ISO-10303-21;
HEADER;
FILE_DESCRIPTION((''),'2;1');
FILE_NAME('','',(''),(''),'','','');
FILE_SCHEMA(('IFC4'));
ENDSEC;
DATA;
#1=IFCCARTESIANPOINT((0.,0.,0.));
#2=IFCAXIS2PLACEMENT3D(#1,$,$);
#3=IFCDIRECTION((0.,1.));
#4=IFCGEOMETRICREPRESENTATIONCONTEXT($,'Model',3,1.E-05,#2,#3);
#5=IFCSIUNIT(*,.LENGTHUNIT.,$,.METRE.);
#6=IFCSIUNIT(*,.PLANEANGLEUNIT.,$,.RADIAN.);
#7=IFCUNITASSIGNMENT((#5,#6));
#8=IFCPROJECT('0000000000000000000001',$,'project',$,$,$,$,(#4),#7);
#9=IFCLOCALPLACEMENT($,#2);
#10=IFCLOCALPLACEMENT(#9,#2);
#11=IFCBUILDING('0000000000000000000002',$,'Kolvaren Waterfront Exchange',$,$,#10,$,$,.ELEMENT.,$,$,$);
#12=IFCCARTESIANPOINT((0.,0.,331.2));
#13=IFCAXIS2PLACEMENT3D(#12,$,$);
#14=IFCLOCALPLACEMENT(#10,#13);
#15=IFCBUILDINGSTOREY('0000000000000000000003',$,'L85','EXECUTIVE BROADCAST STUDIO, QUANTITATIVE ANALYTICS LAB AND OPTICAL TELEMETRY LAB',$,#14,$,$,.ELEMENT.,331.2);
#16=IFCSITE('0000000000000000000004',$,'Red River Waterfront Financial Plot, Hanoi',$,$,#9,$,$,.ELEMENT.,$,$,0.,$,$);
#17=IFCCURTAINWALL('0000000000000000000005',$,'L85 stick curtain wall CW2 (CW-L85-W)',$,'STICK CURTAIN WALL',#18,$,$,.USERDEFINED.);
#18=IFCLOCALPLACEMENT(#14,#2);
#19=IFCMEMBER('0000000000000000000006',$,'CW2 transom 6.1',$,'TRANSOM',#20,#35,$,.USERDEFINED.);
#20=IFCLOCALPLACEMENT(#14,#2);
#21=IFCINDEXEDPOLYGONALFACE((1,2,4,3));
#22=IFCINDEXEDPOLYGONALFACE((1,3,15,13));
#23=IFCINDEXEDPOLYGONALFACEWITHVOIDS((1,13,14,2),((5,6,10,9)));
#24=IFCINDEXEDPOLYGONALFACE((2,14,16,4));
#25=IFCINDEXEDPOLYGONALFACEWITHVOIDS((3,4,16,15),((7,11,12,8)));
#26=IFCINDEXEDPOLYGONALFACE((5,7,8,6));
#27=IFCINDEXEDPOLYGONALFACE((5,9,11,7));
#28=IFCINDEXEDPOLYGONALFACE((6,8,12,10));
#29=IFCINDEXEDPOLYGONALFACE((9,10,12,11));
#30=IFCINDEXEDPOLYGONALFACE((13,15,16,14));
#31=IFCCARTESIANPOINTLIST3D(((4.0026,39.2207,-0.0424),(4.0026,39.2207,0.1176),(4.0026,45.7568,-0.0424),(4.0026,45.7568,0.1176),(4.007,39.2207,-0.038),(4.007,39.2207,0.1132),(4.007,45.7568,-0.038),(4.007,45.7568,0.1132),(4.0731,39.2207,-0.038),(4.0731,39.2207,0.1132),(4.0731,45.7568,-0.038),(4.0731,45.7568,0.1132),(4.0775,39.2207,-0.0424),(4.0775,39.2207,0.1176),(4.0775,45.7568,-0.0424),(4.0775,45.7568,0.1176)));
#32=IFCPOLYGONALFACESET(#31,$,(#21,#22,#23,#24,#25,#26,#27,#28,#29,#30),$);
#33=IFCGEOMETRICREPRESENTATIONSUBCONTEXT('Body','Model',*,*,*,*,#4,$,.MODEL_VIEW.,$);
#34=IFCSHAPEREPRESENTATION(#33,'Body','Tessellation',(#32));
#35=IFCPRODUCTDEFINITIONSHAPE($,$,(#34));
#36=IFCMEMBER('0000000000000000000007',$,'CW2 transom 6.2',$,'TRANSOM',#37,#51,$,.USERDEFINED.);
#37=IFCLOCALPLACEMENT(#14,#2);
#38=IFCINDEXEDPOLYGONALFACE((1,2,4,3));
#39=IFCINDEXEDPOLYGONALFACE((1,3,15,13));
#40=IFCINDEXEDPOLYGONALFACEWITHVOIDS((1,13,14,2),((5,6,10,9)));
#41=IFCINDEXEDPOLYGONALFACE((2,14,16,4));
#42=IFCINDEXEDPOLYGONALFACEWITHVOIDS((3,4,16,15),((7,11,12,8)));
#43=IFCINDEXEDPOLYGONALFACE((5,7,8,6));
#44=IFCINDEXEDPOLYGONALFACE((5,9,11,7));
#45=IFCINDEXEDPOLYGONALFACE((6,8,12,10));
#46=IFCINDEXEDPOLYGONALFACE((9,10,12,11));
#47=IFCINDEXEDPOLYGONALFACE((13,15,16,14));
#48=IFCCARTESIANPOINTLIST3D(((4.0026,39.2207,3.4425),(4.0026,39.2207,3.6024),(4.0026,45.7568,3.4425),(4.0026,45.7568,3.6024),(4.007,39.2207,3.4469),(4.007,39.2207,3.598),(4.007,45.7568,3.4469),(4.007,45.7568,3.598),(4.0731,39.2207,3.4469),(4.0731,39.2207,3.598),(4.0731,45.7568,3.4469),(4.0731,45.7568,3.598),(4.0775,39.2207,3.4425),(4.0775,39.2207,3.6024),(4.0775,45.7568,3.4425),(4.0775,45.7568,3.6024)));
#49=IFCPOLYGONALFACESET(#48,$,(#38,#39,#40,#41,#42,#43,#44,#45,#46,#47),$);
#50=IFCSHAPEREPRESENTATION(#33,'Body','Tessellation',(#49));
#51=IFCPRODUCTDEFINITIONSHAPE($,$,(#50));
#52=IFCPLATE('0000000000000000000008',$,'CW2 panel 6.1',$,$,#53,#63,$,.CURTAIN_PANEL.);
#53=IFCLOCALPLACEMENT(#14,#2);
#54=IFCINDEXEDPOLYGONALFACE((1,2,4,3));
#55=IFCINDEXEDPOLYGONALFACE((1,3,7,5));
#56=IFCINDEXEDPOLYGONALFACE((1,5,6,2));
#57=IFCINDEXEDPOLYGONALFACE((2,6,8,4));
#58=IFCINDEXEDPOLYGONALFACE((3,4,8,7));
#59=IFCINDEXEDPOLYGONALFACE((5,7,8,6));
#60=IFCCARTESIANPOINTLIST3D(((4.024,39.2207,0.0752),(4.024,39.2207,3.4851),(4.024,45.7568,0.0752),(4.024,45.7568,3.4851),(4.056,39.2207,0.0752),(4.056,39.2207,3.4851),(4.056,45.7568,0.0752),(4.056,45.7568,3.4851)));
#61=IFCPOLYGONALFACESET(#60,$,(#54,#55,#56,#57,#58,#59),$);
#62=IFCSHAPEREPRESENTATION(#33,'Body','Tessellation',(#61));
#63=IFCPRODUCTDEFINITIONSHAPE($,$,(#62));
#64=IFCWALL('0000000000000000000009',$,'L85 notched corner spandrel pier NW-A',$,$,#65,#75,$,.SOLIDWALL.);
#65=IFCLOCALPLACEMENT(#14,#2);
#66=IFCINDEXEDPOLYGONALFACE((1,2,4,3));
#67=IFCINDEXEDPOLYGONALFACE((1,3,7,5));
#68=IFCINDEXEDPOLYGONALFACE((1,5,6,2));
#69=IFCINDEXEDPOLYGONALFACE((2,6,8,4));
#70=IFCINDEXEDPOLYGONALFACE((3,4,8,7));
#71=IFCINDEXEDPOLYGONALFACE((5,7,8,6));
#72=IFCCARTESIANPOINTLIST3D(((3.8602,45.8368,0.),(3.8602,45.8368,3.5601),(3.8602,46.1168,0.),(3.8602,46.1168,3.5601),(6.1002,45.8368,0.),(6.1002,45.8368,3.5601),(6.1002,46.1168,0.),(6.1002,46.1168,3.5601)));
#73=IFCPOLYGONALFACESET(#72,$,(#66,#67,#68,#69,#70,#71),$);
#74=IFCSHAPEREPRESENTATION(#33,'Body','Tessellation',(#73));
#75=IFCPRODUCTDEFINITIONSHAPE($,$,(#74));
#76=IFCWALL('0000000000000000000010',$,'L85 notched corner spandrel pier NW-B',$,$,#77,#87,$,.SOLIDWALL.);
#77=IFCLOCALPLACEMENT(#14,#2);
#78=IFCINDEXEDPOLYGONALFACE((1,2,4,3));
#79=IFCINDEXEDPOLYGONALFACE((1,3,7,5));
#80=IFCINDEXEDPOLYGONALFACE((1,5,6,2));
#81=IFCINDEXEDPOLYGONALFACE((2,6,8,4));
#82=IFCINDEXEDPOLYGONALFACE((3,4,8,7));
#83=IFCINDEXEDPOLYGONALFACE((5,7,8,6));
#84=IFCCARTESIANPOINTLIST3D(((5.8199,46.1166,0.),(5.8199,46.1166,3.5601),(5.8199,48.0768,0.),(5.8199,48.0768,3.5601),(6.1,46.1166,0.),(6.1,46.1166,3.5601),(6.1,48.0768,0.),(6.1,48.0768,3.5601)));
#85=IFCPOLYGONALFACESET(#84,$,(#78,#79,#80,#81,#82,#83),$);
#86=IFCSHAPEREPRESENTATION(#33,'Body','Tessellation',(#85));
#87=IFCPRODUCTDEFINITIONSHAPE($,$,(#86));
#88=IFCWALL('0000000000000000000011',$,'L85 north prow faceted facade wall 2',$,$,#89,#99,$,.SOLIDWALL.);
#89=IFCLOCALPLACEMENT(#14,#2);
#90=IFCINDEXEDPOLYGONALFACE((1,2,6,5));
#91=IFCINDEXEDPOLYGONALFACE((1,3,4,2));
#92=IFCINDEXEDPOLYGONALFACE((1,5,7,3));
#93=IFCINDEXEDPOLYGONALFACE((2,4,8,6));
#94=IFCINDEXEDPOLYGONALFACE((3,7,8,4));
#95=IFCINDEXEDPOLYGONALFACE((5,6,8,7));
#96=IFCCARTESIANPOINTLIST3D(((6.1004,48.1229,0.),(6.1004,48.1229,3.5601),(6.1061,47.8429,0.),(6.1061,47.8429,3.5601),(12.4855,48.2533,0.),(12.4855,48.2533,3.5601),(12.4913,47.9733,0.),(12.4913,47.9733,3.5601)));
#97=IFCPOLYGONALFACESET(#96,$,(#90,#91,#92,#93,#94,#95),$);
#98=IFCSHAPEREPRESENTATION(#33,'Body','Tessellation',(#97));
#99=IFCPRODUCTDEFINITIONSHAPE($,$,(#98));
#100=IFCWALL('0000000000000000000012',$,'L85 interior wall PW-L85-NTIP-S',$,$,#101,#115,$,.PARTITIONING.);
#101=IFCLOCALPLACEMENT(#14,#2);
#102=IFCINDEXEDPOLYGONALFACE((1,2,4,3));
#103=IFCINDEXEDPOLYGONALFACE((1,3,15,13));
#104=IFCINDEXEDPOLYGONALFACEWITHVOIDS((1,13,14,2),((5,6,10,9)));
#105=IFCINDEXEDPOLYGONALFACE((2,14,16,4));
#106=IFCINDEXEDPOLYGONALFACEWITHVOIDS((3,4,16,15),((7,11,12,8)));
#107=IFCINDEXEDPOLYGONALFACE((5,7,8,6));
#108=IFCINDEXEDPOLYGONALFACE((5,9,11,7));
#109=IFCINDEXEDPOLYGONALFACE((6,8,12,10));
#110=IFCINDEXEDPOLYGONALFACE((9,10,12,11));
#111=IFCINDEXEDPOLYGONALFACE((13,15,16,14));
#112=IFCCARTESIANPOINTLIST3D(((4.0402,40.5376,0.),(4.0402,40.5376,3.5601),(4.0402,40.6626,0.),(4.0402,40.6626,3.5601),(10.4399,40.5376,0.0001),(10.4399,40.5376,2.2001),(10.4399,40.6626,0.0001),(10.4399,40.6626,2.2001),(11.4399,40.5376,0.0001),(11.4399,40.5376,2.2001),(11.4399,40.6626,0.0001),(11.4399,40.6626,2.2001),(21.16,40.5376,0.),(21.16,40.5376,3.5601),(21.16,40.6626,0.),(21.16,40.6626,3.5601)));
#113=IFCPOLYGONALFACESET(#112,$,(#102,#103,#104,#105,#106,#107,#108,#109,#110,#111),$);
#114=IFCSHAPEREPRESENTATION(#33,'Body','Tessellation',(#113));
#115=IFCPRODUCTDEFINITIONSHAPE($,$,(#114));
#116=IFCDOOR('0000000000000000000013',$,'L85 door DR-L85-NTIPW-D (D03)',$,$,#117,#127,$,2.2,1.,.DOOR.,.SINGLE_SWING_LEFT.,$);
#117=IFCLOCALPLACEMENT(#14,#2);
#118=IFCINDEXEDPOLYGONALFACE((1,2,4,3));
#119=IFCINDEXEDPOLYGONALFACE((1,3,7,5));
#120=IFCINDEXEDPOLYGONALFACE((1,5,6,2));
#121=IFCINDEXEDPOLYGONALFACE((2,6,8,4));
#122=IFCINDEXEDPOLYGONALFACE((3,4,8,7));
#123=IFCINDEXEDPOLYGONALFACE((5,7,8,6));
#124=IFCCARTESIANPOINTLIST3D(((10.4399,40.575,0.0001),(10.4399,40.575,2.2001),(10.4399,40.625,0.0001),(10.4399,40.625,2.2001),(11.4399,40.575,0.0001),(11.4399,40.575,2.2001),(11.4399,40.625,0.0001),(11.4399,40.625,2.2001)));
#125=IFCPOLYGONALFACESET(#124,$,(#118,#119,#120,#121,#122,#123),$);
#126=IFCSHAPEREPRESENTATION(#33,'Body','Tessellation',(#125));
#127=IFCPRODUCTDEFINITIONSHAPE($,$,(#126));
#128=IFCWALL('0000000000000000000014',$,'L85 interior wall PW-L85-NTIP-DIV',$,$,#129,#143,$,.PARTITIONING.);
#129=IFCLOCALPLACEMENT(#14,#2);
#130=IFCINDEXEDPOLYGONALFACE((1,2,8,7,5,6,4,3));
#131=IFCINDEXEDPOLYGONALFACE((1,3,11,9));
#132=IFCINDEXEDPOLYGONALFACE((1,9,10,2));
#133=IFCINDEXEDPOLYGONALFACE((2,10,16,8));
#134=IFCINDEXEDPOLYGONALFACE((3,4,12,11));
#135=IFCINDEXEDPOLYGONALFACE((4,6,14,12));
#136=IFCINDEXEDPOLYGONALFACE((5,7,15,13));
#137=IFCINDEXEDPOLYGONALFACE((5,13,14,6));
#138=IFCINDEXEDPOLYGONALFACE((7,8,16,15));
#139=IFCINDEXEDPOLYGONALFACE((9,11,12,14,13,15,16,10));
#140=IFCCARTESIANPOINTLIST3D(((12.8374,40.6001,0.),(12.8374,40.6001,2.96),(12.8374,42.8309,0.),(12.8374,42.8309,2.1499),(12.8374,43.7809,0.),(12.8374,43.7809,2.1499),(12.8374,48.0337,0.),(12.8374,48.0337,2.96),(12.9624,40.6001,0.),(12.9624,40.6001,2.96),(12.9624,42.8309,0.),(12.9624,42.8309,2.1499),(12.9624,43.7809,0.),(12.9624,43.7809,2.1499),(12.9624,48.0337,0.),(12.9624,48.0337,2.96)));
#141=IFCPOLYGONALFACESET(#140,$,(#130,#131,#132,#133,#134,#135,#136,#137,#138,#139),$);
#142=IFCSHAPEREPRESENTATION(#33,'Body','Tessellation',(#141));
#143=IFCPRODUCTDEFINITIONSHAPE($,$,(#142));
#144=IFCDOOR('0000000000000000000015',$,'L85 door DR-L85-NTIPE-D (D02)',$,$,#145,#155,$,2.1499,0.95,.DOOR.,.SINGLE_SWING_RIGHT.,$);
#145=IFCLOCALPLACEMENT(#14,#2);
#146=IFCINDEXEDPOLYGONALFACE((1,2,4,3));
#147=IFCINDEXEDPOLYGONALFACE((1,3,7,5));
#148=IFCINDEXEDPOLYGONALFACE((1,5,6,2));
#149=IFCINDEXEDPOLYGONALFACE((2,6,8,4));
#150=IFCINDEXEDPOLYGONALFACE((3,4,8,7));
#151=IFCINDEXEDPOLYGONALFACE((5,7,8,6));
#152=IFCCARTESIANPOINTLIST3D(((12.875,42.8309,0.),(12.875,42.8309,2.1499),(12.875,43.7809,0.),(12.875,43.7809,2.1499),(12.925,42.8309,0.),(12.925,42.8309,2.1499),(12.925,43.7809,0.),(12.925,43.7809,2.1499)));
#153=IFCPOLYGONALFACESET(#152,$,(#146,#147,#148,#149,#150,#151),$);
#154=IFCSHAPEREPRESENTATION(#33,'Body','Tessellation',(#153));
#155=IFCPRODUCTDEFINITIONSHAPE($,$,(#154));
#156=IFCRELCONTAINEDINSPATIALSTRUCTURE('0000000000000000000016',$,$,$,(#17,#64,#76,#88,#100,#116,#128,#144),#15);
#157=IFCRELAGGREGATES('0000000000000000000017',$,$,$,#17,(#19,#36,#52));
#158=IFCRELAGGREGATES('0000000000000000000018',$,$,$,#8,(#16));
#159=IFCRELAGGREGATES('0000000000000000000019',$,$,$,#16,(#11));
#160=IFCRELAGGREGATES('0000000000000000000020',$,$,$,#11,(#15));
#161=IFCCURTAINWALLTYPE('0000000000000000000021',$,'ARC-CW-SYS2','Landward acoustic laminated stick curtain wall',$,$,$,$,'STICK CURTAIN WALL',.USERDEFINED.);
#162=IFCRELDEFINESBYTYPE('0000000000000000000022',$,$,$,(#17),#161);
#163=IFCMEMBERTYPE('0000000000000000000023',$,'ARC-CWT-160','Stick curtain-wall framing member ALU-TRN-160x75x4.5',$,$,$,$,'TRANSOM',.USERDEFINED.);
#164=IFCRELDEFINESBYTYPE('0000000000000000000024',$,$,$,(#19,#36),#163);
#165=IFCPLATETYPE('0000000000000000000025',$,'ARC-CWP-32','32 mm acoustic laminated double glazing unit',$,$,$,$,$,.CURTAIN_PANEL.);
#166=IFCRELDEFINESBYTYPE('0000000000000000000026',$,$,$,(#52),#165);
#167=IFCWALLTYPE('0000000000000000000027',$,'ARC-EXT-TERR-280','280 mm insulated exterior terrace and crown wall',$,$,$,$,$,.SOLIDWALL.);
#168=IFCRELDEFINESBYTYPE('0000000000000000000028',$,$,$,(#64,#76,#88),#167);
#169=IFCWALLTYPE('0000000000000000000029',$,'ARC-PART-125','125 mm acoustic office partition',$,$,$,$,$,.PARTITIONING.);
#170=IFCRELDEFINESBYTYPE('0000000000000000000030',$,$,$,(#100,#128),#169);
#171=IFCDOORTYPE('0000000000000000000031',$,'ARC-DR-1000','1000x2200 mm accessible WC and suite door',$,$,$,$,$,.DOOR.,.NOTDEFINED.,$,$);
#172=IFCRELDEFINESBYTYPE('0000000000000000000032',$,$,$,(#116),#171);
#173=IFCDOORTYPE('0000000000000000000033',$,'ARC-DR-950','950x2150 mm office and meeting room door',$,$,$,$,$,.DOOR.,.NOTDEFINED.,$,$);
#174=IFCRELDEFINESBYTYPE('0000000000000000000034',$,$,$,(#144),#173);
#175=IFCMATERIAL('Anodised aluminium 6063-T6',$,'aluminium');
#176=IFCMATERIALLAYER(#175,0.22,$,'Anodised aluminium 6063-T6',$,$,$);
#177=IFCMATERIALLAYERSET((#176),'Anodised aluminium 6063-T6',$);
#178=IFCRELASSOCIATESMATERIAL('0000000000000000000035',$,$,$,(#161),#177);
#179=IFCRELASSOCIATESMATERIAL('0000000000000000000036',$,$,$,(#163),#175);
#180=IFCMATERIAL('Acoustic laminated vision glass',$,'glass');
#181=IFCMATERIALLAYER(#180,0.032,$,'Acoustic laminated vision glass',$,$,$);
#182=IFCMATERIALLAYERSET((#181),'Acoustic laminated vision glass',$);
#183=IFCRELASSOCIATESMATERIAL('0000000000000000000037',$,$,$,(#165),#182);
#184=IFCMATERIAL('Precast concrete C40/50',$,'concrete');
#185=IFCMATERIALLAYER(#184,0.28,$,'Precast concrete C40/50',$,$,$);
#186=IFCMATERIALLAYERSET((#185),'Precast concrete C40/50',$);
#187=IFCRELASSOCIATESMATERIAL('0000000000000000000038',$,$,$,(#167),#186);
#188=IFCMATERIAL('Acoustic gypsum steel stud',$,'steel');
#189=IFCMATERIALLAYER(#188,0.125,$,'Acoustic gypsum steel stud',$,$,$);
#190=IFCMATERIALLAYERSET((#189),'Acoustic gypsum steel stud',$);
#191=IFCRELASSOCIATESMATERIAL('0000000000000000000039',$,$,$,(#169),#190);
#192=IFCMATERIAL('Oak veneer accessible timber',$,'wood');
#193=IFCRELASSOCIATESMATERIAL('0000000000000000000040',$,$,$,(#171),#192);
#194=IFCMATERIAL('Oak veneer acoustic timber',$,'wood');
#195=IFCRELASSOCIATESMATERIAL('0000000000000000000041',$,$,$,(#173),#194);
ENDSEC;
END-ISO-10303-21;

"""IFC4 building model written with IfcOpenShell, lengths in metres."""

from ifc_helpers import new_model, si_unit, direction, frame, frame_2d, origin, origin_with_axes, origin_2d, place, context, subcontext, project, spatial, rectangle, hollow_rectangle, extrude, source, transform, mapped, material, layer, layer_set, material_profile, profile_set, type_object, element, fill, aggregate, save


model = new_model("IFC4")

# Units and contexts
model_context = context("Model", 3, precision=1e-05, world=origin(), true_north=direction((0.0, 1.0)))
body_context = subcontext(model_context, "Body", "Model", "MODEL_VIEW")
ifc_project = project(units=[si_unit("LENGTHUNIT", "METRE"), si_unit("PLANEANGLEUNIT", "RADIAN")], contexts=[model_context])

# Site, building, storey
site_placement = place(None, origin())
site = spatial("IfcSite", under=ifc_project, at=site_placement, Name="Red River Waterfront Financial Plot, Hanoi", CompositionType="ELEMENT", RefElevation=0.0)
building_placement = place(site_placement, origin())
building = spatial("IfcBuilding", under=site, at=building_placement, Name="Kolvaren Waterfront Exchange", CompositionType="ELEMENT")
storey_placement = place(building_placement, frame((0.0, 0.0, 331.2)))
storey = spatial("IfcBuildingStorey", under=building, at=storey_placement, Name="L85", Description="EXECUTIVE BROADCAST STUDIO, QUANTITATIVE ANALYTICS LAB AND OPTICAL TELEMETRY LAB", CompositionType="ELEMENT", Elevation=331.2)

# Curtain wall, members, plate
ifc_material_1 = material(Name="Anodised aluminium 6063-T6", Category="aluminium")
ifc_layer_1 = layer(ifc_material_1, 0.22, Name="Anodised aluminium 6063-T6")
ifc_layer_set_1 = layer_set([ifc_layer_1], Name="Anodised aluminium 6063-T6")
curtain_wall_type = type_object("IfcCurtainWallType", Name="ARC-CW-SYS2", Description="Landward acoustic laminated stick curtain wall", ElementType="STICK CURTAIN WALL", PredefinedType="USERDEFINED", material=ifc_layer_set_1)
curtain_wall_placement = place(storey_placement, origin())
curtain_wall = element("IfcCurtainWall", 1, at=curtain_wall_placement, inside=storey, type_object=curtain_wall_type, Name="L85 stick curtain wall CW2 (CW-L85-W)", ObjectType="STICK CURTAIN WALL", PredefinedType="USERDEFINED")
ifc_material_profile_1 = material_profile(ifc_material_1, hollow_rectangle(XDim=0.075, YDim=0.1599, WallThickness=0.0044, at=origin_2d()), Name="ALU-TRN-160x75x4.5")
ifc_profile_set_1 = profile_set([ifc_material_profile_1], Name="Anodised aluminium 6063-T6")
member_type_1 = type_object("IfcMemberType", Name="ARC-CWT-160", Description="Stick curtain-wall framing member ALU-TRN-160x75x4.5", ElementType="TRANSOM", PredefinedType="USERDEFINED", material=ifc_profile_set_1)
shared_shape_1 = source(origin_with_axes(), body_context, "Body", "SweptSolid", [
    extrude(hollow_rectangle(XDim=0.075, YDim=0.1599, WallThickness=0.0044, at=origin_2d()), origin(), (0.0, 0.0, 1.0), 6.5361),
])
member_1_placement = place(storey_placement, frame((4.04, 39.2207, 0.0376), z_axis=(0.0, 1.0, 0.0), x_axis=(-1.0, 0.0, 0.0)))
member_1 = element("IfcMember", 2, at=member_1_placement, type_object=member_type_1, Name="CW2 transom 6.1", ObjectType="TRANSOM", PredefinedType="USERDEFINED", context=body_context, shape_type="MappedRepresentation", body=[
    mapped(shared_shape_1, transform((0.0, 0.0, 0.0), x_axis=(1.0, 0.0, 0.0), y_axis=(0.0, 1.0, 0.0), z_axis=(0.0, 0.0, 1.0), scale=1.0)),
])
member_2_placement = place(storey_placement, frame((4.04, 39.2207, 3.5225), z_axis=(0.0, 1.0, 0.0), x_axis=(-1.0, 0.0, 0.0)))
member_2 = element("IfcMember", 3, at=member_2_placement, type_object=member_type_1, Name="CW2 transom 6.2", ObjectType="TRANSOM", PredefinedType="USERDEFINED", context=body_context, shape_type="MappedRepresentation", body=[
    mapped(shared_shape_1, transform((0.0, 0.0, 0.0), x_axis=(1.0, 0.0, 0.0), y_axis=(0.0, 1.0, 0.0), z_axis=(0.0, 0.0, 1.0), scale=1.0)),
])
ifc_material_2 = material(Name="Acoustic laminated vision glass", Category="glass")
ifc_layer_2 = layer(ifc_material_2, 0.032, Name="Acoustic laminated vision glass")
ifc_layer_set_2 = layer_set([ifc_layer_2], Name="Acoustic laminated vision glass")
plate_type = type_object("IfcPlateType", Name="ARC-CWP-32", Description="32 mm acoustic laminated double glazing unit", PredefinedType="CURTAIN_PANEL", material=ifc_layer_set_2)
shared_shape_2 = source(origin_with_axes(), body_context, "Body", "SweptSolid", [
    extrude(rectangle(XDim=6.5361, YDim=0.032, at=origin_2d()), origin(), (0.0, 0.0, 1.0), 3.4099),
])
plate_placement = place(storey_placement, frame((4.04, 42.4888, 0.0752), z_axis=(0.0, 0.0, 1.0), x_axis=(0.0, 1.0, 0.0)))
plate = element("IfcPlate", 4, at=plate_placement, type_object=plate_type, Name="CW2 panel 6.1", PredefinedType="CURTAIN_PANEL", context=body_context, shape_type="MappedRepresentation", body=[
    mapped(shared_shape_2, transform((0.0, 0.0, 0.0), x_axis=(1.0, 0.0, 0.0), y_axis=(0.0, 1.0, 0.0), z_axis=(0.0, 0.0, 1.0), scale=1.0)),
])
aggregate(curtain_wall, [member_1, member_2, plate])

# Walls
ifc_material_3 = material(Name="Precast concrete C40/50", Category="concrete")
ifc_layer_3 = layer(ifc_material_3, 0.28, Name="Precast concrete C40/50")
ifc_layer_set_3 = layer_set([ifc_layer_3], Name="Precast concrete C40/50")
wall_type_1 = type_object("IfcWallType", Name="ARC-EXT-TERR-280", Description="280 mm insulated exterior terrace and crown wall", PredefinedType="SOLIDWALL", material=ifc_layer_set_3)
wall_1_placement = place(storey_placement, frame((3.8601, 45.9768, 0.0), z_axis=(0.0, 0.0, 1.0), x_axis=(1.0, 0.0, 0.0)))
element("IfcWall", 5, at=wall_1_placement, inside=storey, type_object=wall_type_1, Name="L85 notched corner spandrel pier NW-A", PredefinedType="SOLIDWALL", context=body_context, shape_type="SweptSolid", body=[
    extrude(rectangle(XDim=2.24, YDim=0.28, at=frame_2d((1.1201, 0.0))), origin(), (0.0, 0.0, 1.0), 3.5601),
])
wall_2_placement = place(storey_placement, frame((5.96, 46.1167, 0.0), z_axis=(0.0, 0.0, 1.0), x_axis=(0.0, 1.0, 0.0)))
element("IfcWall", 6, at=wall_2_placement, inside=storey, type_object=wall_type_1, Name="L85 notched corner spandrel pier NW-B", PredefinedType="SOLIDWALL", context=body_context, shape_type="SweptSolid", body=[
    extrude(rectangle(XDim=1.9602, YDim=0.28, at=frame_2d((0.98, 0.0))), origin(), (0.0, 0.0, 1.0), 3.5601),
])
wall_3_placement = place(storey_placement, frame((12.4885, 48.1133, 0.0), z_axis=(0.0, 0.0, 1.0), x_axis=(-0.999792, -0.020413, 0.0)))
element("IfcWall", 7, at=wall_3_placement, inside=storey, type_object=wall_type_1, Name="L85 north prow faceted facade wall 2", PredefinedType="SOLIDWALL", context=body_context, shape_type="SweptSolid", body=[
    extrude(rectangle(XDim=6.3865, YDim=0.28, at=frame_2d((3.1934, 0.0))), origin(), (0.0, 0.0, 1.0), 3.5601),
])

# Walls, openings, doors
ifc_material_4 = material(Name="Acoustic gypsum steel stud", Category="steel")
ifc_layer_4 = layer(ifc_material_4, 0.125, Name="Acoustic gypsum steel stud")
ifc_layer_set_4 = layer_set([ifc_layer_4], Name="Acoustic gypsum steel stud")
wall_type_2 = type_object("IfcWallType", Name="ARC-PART-125", Description="125 mm acoustic office partition", PredefinedType="PARTITIONING", material=ifc_layer_set_4)
wall_4_placement = place(storey_placement, frame((4.04, 40.6001, 0.0), z_axis=(0.0, 0.0, 1.0), x_axis=(1.0, 0.0, 0.0)))
wall_4 = element("IfcWall", 8, at=wall_4_placement, inside=storey, type_object=wall_type_2, Name="L85 interior wall PW-L85-NTIP-S", PredefinedType="PARTITIONING", context=body_context, shape_type="SweptSolid", body=[
    extrude(rectangle(XDim=17.1199, YDim=0.125, at=frame_2d((8.5601, 0.0))), origin(), (0.0, 0.0, 1.0), 3.5601),
])
opening_1_placement = place(wall_4_placement, frame((6.3999, 0.0, 0.0)))
opening_1 = element("IfcOpeningElement", 9, at=opening_1_placement, cuts=wall_4, PredefinedType="OPENING", context=body_context, shape_type="SweptSolid", body=[
    extrude(rectangle(XDim=1.0, YDim=2.2, at=frame_2d((0.5, 1.1001))), frame((0.0, 0.0725, 0.0), z_axis=(0.0, -1.0, 0.0), x_axis=(1.0, 0.0, 0.0)), (0.0, 0.0, 1.0), 0.145),
])
ifc_material_5 = material(Name="Oak veneer accessible timber", Category="wood")
door_type_1 = type_object("IfcDoorType", Name="ARC-DR-1000", Description="1000x2200 mm accessible WC and suite door", OperationType="NOTDEFINED", PredefinedType="DOOR", material=ifc_material_5)
door_1_placement = place(opening_1_placement, origin())
door_1 = element("IfcDoor", 10, at=door_1_placement, inside=storey, type_object=door_type_1, Name="L85 door DR-L85-NTIPW-D (D03)", OperationType="SINGLE_SWING_LEFT", OverallHeight=2.2, OverallWidth=1.0, PredefinedType="DOOR", context=body_context, shape_type="SweptSolid", body=[
    extrude(rectangle(XDim=1.0, YDim=2.2, at=frame_2d((0.5, 1.1001))), frame((0.0, 0.0249, 0.0), z_axis=(0.0, -1.0, 0.0), x_axis=(1.0, 0.0, 0.0)), (0.0, 0.0, 1.0), 0.05),
])
fill(opening_1, door_1)
wall_5_placement = place(storey_placement, frame((12.8999, 40.6001, 0.0), z_axis=(0.0, 0.0, 1.0), x_axis=(0.0, 1.0, 0.0)))
wall_5 = element("IfcWall", 11, at=wall_5_placement, inside=storey, type_object=wall_type_2, Name="L85 interior wall PW-L85-NTIP-DIV", PredefinedType="PARTITIONING", context=body_context, shape_type="SweptSolid", body=[
    extrude(rectangle(XDim=7.4336, YDim=0.125, at=frame_2d((3.7168, 0.0))), origin(), (0.0, 0.0, 1.0), 2.96),
])
opening_2_placement = place(wall_5_placement, frame((2.2307, 0.0, 0.0)))
opening_2 = element("IfcOpeningElement", 12, at=opening_2_placement, cuts=wall_5, PredefinedType="OPENING", context=body_context, shape_type="SweptSolid", body=[
    extrude(rectangle(XDim=0.95, YDim=2.1499, at=frame_2d((0.4751, 1.075))), frame((0.0, 0.0725, 0.0), z_axis=(0.0, -1.0, 0.0), x_axis=(1.0, 0.0, 0.0)), (0.0, 0.0, 1.0), 0.145),
])
ifc_material_6 = material(Name="Oak veneer acoustic timber", Category="wood")
door_type_2 = type_object("IfcDoorType", Name="ARC-DR-950", Description="950x2150 mm office and meeting room door", OperationType="NOTDEFINED", PredefinedType="DOOR", material=ifc_material_6)
door_2_placement = place(opening_2_placement, origin())
door_2 = element("IfcDoor", 13, at=door_2_placement, inside=storey, type_object=door_type_2, Name="L85 door DR-L85-NTIPE-D (D02)", OperationType="SINGLE_SWING_RIGHT", OverallHeight=2.1499, OverallWidth=0.95, PredefinedType="DOOR", context=body_context, shape_type="SweptSolid", body=[
    extrude(rectangle(XDim=0.95, YDim=2.1499, at=frame_2d((0.4751, 1.075))), frame((0.0, 0.0249, 0.0), z_axis=(0.0, -1.0, 0.0), x_axis=(1.0, 0.0, 0.0)), (0.0, 0.0, 1.0), 0.05),
])
fill(opening_2, door_2)

save(model, "model.ifc")
